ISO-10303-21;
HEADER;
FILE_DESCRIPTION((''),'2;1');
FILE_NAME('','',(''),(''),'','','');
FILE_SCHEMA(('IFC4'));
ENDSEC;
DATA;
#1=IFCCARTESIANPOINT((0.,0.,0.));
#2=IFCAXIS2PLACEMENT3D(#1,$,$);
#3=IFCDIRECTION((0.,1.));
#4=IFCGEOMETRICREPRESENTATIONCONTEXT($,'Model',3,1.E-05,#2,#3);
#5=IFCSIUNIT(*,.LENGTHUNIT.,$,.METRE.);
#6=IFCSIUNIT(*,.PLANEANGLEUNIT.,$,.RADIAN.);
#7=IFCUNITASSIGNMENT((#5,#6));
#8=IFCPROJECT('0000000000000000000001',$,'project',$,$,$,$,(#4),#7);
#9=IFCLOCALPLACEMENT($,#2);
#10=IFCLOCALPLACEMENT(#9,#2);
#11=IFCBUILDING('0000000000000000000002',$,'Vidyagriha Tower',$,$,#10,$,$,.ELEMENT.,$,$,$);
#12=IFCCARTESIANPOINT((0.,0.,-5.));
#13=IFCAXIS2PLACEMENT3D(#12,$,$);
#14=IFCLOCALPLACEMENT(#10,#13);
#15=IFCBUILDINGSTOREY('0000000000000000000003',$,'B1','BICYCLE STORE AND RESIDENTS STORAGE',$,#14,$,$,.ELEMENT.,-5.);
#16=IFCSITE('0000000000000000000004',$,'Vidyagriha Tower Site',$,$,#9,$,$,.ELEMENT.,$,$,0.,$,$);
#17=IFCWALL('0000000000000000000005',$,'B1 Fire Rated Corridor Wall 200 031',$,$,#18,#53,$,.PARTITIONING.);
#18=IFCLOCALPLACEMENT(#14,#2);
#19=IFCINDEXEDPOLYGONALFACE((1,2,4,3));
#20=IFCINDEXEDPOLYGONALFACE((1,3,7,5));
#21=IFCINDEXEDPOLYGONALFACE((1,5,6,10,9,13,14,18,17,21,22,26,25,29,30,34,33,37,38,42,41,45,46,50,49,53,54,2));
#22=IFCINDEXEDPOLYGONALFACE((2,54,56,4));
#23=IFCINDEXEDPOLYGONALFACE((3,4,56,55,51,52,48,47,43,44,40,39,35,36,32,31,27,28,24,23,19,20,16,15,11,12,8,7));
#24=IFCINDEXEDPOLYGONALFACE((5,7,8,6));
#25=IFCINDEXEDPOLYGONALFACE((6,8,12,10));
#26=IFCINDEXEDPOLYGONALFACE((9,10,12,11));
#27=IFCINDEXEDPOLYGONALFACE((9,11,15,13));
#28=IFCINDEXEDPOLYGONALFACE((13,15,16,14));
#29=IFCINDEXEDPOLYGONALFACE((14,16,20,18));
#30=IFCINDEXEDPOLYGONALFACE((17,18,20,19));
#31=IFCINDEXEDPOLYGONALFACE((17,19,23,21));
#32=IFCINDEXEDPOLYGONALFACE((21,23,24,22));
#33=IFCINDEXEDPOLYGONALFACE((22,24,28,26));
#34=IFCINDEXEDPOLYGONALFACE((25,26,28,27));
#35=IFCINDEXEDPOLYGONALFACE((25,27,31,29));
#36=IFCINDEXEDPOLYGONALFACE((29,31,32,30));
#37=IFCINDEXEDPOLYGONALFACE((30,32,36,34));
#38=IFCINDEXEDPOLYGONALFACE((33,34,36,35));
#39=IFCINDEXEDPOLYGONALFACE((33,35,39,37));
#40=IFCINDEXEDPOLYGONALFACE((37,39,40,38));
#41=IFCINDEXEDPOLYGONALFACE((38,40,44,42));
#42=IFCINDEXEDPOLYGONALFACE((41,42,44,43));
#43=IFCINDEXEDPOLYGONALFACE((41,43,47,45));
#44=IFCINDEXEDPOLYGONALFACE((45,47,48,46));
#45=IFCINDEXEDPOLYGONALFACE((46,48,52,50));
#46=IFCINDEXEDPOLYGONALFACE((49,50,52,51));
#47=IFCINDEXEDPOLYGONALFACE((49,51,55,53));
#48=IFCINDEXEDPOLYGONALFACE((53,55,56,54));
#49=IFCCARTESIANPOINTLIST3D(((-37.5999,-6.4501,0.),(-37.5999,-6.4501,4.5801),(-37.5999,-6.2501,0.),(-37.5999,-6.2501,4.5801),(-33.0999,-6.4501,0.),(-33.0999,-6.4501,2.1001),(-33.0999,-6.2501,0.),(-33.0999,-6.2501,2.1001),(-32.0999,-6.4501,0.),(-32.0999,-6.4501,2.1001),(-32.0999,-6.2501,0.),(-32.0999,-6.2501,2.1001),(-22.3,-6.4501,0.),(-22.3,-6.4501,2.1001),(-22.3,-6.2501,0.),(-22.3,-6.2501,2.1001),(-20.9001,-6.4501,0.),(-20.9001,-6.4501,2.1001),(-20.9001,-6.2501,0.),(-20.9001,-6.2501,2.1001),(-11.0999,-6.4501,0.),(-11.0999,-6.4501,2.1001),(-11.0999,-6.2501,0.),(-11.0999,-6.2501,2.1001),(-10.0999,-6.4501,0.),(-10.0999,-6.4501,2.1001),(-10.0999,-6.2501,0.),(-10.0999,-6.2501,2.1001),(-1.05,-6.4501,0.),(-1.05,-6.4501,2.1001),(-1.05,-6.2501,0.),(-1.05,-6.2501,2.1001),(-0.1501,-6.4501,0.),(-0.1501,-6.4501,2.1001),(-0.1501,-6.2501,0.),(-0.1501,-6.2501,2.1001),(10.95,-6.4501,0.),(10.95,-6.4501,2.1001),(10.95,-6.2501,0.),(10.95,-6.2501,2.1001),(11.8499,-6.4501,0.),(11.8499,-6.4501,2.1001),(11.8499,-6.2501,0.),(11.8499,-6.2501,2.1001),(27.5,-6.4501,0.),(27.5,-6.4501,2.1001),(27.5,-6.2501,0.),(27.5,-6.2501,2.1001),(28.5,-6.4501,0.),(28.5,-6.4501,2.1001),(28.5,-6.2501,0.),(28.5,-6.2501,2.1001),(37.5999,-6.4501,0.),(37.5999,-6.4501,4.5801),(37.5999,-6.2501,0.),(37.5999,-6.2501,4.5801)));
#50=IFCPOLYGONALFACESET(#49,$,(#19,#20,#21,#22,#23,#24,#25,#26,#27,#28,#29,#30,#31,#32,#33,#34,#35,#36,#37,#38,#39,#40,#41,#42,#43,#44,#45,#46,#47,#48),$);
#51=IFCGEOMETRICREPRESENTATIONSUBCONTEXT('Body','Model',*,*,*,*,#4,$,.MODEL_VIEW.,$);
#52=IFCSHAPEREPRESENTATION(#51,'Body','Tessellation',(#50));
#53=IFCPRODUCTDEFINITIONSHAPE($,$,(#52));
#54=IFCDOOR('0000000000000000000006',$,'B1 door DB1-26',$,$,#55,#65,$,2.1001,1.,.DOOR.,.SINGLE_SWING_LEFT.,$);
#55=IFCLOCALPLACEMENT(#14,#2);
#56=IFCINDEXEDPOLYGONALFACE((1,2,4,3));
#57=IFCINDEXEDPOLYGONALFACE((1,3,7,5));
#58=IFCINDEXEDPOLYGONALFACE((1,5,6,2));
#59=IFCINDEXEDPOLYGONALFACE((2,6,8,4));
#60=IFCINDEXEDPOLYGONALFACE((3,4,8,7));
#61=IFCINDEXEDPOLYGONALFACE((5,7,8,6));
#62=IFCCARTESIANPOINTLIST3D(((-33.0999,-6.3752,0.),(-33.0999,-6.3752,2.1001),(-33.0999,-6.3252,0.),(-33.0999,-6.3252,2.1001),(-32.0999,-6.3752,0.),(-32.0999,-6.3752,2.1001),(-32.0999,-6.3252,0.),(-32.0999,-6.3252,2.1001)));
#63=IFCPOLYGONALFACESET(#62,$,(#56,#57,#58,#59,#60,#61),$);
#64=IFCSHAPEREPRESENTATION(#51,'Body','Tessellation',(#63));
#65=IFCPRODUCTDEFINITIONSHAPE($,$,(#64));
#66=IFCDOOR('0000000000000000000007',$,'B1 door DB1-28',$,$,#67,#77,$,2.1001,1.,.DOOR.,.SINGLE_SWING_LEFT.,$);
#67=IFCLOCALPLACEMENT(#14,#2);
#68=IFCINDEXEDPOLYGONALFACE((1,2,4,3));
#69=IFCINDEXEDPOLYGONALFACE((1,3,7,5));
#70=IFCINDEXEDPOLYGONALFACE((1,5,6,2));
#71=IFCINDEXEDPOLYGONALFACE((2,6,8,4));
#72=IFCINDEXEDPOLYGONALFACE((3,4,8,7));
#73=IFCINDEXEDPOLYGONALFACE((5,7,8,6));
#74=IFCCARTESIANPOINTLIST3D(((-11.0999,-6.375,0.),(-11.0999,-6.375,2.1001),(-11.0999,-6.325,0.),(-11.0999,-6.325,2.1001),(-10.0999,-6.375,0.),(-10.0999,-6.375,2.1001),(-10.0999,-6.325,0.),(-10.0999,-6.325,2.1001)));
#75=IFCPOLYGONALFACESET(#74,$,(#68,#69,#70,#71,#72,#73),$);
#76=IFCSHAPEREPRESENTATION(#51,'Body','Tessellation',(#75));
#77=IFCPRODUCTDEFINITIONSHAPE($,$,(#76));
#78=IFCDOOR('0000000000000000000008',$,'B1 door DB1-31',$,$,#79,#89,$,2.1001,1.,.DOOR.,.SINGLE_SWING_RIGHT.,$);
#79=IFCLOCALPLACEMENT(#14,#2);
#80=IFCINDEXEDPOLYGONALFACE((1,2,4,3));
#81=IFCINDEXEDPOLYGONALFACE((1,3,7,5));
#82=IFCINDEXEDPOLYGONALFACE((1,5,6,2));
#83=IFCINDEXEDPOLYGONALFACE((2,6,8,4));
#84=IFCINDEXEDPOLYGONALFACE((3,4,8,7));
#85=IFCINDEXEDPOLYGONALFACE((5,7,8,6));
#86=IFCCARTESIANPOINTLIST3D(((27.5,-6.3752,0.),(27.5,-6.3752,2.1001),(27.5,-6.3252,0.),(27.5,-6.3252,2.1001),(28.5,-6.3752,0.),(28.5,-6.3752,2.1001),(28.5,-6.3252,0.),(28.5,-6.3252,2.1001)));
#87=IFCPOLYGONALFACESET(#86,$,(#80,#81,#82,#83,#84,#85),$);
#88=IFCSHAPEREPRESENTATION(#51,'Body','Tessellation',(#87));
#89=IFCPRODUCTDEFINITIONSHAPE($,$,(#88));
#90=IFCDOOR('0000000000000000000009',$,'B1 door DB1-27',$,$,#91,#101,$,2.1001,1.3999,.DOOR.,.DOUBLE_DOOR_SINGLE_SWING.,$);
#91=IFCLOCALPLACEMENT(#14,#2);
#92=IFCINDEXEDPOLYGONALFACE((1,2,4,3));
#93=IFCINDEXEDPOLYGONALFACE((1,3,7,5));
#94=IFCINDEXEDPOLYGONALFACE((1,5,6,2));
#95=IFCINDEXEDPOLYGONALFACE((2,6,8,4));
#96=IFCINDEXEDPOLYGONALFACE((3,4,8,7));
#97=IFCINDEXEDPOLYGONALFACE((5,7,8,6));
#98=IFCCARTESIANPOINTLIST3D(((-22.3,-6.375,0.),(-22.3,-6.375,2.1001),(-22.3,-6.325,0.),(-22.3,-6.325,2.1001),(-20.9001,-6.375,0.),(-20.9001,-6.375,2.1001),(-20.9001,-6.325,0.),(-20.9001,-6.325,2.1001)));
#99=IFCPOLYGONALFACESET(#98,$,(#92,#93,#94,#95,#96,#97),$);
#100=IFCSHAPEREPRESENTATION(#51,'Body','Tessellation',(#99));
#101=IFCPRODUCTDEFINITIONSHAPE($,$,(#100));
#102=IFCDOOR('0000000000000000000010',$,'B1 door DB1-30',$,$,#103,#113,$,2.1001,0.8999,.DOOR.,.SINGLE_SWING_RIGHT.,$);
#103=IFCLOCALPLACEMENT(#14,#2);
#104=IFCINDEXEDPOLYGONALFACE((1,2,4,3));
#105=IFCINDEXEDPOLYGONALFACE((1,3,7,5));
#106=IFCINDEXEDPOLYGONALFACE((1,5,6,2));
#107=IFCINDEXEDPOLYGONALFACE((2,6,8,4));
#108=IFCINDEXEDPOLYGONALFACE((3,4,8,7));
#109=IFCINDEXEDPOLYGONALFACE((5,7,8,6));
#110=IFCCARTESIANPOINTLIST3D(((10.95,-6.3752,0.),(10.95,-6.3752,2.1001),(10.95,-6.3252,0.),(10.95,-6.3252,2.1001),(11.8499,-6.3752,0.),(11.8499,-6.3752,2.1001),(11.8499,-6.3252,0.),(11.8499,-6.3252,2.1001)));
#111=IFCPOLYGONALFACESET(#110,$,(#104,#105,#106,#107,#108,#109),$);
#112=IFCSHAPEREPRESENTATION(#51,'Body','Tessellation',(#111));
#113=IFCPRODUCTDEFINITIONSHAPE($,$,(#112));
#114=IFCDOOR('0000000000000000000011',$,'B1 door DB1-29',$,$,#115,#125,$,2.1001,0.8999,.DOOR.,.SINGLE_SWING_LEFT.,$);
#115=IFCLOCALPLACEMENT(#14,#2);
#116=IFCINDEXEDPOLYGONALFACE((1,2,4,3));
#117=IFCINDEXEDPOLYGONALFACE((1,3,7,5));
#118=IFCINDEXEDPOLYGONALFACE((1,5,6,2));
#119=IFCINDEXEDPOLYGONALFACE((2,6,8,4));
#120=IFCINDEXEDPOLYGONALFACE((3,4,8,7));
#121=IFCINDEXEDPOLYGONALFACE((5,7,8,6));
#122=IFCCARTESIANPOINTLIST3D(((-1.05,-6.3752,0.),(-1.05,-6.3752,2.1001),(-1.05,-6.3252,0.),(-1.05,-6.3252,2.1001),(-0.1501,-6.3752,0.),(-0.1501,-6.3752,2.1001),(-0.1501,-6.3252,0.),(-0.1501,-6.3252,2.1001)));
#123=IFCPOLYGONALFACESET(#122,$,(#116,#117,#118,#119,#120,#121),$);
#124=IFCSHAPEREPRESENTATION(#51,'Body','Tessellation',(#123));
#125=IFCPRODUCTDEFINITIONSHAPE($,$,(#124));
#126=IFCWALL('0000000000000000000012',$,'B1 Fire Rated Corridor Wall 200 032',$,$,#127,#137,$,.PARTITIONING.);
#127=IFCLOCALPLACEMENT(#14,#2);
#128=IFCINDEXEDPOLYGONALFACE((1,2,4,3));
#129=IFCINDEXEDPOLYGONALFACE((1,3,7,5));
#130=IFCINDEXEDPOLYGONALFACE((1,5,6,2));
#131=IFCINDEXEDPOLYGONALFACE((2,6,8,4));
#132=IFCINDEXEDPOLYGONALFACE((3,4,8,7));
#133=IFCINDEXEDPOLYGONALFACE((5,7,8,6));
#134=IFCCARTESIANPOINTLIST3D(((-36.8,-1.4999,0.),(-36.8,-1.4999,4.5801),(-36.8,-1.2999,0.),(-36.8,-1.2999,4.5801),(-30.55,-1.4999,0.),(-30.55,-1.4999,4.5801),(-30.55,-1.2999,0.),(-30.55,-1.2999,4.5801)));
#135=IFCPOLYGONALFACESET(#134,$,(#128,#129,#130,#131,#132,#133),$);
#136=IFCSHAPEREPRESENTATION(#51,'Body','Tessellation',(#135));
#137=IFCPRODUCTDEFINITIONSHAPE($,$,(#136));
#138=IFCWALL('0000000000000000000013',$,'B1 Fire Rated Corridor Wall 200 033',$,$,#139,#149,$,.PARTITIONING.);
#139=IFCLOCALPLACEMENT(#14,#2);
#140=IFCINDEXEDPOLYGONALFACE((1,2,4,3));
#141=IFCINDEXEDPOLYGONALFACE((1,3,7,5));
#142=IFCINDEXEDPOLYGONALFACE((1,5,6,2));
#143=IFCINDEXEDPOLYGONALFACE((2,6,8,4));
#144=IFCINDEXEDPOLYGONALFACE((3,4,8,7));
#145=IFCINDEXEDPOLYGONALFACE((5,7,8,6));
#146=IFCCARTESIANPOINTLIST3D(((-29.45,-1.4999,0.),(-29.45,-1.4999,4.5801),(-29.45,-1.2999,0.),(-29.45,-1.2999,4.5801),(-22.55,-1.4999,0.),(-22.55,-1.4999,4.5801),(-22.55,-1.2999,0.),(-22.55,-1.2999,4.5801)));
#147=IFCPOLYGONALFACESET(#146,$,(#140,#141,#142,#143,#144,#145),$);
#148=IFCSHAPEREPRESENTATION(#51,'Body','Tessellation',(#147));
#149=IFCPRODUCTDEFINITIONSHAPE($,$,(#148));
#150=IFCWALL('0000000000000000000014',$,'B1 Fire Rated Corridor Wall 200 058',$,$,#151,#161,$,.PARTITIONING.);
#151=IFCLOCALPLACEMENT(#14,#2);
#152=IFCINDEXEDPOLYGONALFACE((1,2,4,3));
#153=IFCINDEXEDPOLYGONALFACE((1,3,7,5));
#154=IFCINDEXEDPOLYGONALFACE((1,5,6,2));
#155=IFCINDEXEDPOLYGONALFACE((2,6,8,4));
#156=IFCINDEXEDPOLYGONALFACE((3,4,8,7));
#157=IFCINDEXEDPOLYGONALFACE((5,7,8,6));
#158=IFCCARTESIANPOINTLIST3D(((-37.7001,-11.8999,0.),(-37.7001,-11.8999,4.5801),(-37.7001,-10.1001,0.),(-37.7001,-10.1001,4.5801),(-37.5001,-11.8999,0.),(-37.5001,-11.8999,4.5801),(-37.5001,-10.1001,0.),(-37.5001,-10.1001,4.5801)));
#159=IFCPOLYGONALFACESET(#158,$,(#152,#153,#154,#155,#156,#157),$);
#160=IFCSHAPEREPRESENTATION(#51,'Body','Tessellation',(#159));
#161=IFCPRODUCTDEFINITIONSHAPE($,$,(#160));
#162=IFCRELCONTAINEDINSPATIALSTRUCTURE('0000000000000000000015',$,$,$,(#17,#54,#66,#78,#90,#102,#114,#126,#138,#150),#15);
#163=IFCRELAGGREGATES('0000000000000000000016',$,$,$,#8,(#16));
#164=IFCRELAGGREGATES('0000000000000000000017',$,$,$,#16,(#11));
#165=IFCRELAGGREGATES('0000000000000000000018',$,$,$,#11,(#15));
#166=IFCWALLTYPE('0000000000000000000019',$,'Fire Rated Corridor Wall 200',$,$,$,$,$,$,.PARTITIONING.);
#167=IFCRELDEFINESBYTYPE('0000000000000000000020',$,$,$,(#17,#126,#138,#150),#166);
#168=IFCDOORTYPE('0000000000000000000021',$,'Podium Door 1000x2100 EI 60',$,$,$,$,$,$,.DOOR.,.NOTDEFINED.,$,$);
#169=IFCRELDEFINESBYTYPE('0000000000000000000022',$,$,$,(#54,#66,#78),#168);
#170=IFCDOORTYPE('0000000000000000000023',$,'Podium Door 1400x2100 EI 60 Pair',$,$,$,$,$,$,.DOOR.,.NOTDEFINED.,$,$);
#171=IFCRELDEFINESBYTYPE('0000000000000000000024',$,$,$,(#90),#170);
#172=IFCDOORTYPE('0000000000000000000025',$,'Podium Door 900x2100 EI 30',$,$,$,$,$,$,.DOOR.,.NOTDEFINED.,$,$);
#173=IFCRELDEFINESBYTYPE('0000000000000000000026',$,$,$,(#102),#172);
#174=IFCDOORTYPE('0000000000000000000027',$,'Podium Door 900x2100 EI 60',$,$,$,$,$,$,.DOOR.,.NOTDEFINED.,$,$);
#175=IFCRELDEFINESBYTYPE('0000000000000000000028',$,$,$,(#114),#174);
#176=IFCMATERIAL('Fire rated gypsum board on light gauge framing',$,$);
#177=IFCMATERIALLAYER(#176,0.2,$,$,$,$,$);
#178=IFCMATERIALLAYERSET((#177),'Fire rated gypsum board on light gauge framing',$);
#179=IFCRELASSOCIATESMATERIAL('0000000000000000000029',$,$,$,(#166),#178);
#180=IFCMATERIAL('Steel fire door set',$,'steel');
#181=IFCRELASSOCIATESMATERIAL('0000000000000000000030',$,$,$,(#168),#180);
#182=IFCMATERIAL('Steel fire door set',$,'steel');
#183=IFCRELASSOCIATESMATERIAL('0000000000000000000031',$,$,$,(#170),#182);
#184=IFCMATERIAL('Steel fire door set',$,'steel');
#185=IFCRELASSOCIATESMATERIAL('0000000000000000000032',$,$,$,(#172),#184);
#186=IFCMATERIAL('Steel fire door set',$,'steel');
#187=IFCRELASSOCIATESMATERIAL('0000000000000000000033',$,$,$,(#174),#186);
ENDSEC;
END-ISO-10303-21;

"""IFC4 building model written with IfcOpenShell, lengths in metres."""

from ifc_helpers import new_model, si_unit, direction, frame, frame_2d, origin, place, context, subcontext, project, spatial, rectangle, extrude, material, layer, layer_set, type_object, element, fill, save


model = new_model("IFC4")

# Units and contexts
model_context = context("Model", 3, precision=1e-05, world=origin(), true_north=direction((0.0, 1.0)))
body_context = subcontext(model_context, "Body", "Model", "MODEL_VIEW")
ifc_project = project(units=[si_unit("LENGTHUNIT", "METRE"), si_unit("PLANEANGLEUNIT", "RADIAN")], contexts=[model_context])

# Site, building, storey
site_placement = place(None, origin())
site = spatial("IfcSite", under=ifc_project, at=site_placement, Name="Vidyagriha Tower Site", CompositionType="ELEMENT", RefElevation=0.0)
building_placement = place(site_placement, origin())
building = spatial("IfcBuilding", under=site, at=building_placement, Name="Vidyagriha Tower", CompositionType="ELEMENT")
storey_placement = place(building_placement, frame((0.0, 0.0, -5.0)))
storey = spatial("IfcBuildingStorey", under=building, at=storey_placement, Name="B1", Description="BICYCLE STORE AND RESIDENTS STORAGE", CompositionType="ELEMENT", Elevation=-5.0)

# Shared definitions
ifc_material_1 = material(Name="Fire rated gypsum board on light gauge framing")
ifc_layer = layer(ifc_material_1, 0.2)
ifc_layer_set = layer_set([ifc_layer], Name="Fire rated gypsum board on light gauge framing")
wall_type = type_object("IfcWallType", Name="Fire Rated Corridor Wall 200", PredefinedType="PARTITIONING", material=ifc_layer_set)

# Wall, openings, doors
wall_1_placement = place(storey_placement, frame((-37.5999, -6.3501, 0.0)))
wall_1 = element("IfcWall", 1, at=wall_1_placement, inside=storey, type_object=wall_type, Name="B1 Fire Rated Corridor Wall 200 031", PredefinedType="PARTITIONING", context=body_context, shape_type="SweptSolid", body=[
    extrude(rectangle(XDim=75.1997, YDim=0.2, at=frame_2d((37.5999, 0.0))), origin(), (0.0, 0.0, 1.0), 4.5801),
])
opening_1_placement = place(wall_1_placement, frame((4.5, 0.0, 0.0)))
opening_1 = element("IfcOpeningElement", 2, at=opening_1_placement, cuts=wall_1, PredefinedType="OPENING", context=body_context, shape_type="SweptSolid", body=[
    extrude(rectangle(XDim=1.0, YDim=2.1001, at=frame_2d((0.5, 1.05))), frame((0.0, 0.1099, 0.0), z_axis=(0.0, -1.0, 0.0), x_axis=(1.0, 0.0, 0.0)), (0.0, 0.0, 1.0), 0.22),
])
opening_2_placement = place(wall_1_placement, frame((15.2998, 0.0, 0.0)))
opening_2 = element("IfcOpeningElement", 3, at=opening_2_placement, cuts=wall_1, PredefinedType="OPENING", context=body_context, shape_type="SweptSolid", body=[
    extrude(rectangle(XDim=1.3999, YDim=2.1001, at=frame_2d((0.7, 1.05))), frame((0.0, 0.1099, 0.0), z_axis=(0.0, -1.0, 0.0), x_axis=(1.0, 0.0, 0.0)), (0.0, 0.0, 1.0), 0.22),
])
opening_3_placement = place(wall_1_placement, frame((26.5, 0.0, 0.0)))
opening_3 = element("IfcOpeningElement", 4, at=opening_3_placement, cuts=wall_1, PredefinedType="OPENING", context=body_context, shape_type="SweptSolid", body=[
    extrude(rectangle(XDim=1.0, YDim=2.1001, at=frame_2d((0.5, 1.05))), frame((0.0, 0.1099, 0.0), z_axis=(0.0, -1.0, 0.0), x_axis=(1.0, 0.0, 0.0)), (0.0, 0.0, 1.0), 0.22),
])
opening_4_placement = place(wall_1_placement, frame((36.5498, 0.0, 0.0)))
opening_4 = element("IfcOpeningElement", 5, at=opening_4_placement, cuts=wall_1, PredefinedType="OPENING", context=body_context, shape_type="SweptSolid", body=[
    extrude(rectangle(XDim=0.8999, YDim=2.1001, at=frame_2d((0.45, 1.05))), frame((0.0, 0.1099, 0.0), z_axis=(0.0, -1.0, 0.0), x_axis=(1.0, 0.0, 0.0)), (0.0, 0.0, 1.0), 0.22),
])
opening_5_placement = place(wall_1_placement, frame((48.5498, 0.0, 0.0)))
opening_5 = element("IfcOpeningElement", 6, at=opening_5_placement, cuts=wall_1, PredefinedType="OPENING", context=body_context, shape_type="SweptSolid", body=[
    extrude(rectangle(XDim=0.8999, YDim=2.1001, at=frame_2d((0.45, 1.05))), frame((0.0, 0.1099, 0.0), z_axis=(0.0, -1.0, 0.0), x_axis=(1.0, 0.0, 0.0)), (0.0, 0.0, 1.0), 0.22),
])
opening_6_placement = place(wall_1_placement, frame((65.0999, 0.0, 0.0)))
opening_6 = element("IfcOpeningElement", 7, at=opening_6_placement, cuts=wall_1, PredefinedType="OPENING", context=body_context, shape_type="SweptSolid", body=[
    extrude(rectangle(XDim=1.0, YDim=2.1001, at=frame_2d((0.5, 1.05))), frame((0.0, 0.1099, 0.0), z_axis=(0.0, -1.0, 0.0), x_axis=(1.0, 0.0, 0.0)), (0.0, 0.0, 1.0), 0.22),
])
ifc_material_2 = material(Name="Steel fire door set", Category="steel")
door_type_1 = type_object("IfcDoorType", Name="Podium Door 1000x2100 EI 60", OperationType="NOTDEFINED", PredefinedType="DOOR", material=ifc_material_2)
door_1_placement = place(opening_1_placement, origin())
door_1 = element("IfcDoor", 8, at=door_1_placement, inside=storey, type_object=door_type_1, Name="B1 door DB1-26", OperationType="SINGLE_SWING_LEFT", OverallHeight=2.1001, OverallWidth=1.0, PredefinedType="DOOR", context=body_context, shape_type="SweptSolid", body=[
    extrude(rectangle(XDim=1.0, YDim=2.1001, at=frame_2d((0.5, 1.05))), frame((0.0, 0.0249, 0.0), z_axis=(0.0, -1.0, 0.0), x_axis=(1.0, 0.0, 0.0)), (0.0, 0.0, 1.0), 0.05),
])
fill(opening_1, door_1)
door_2_placement = place(opening_3_placement, frame((1.0, 0.0, 0.0), z_axis=(0.0, 0.0, 1.0), x_axis=(-1.0, 0.0, 0.0)))
door_2 = element("IfcDoor", 9, at=door_2_placement, inside=storey, type_object=door_type_1, Name="B1 door DB1-28", OperationType="SINGLE_SWING_LEFT", OverallHeight=2.1001, OverallWidth=1.0, PredefinedType="DOOR", context=body_context, shape_type="SweptSolid", body=[
    extrude(rectangle(XDim=1.0, YDim=2.1001, at=frame_2d((0.5, 1.05))), frame((0.0, 0.0249, 0.0), z_axis=(0.0, -1.0, 0.0), x_axis=(1.0, 0.0, 0.0)), (0.0, 0.0, 1.0), 0.05),
])
fill(opening_3, door_2)
door_3_placement = place(opening_6_placement, origin())
door_3 = element("IfcDoor", 10, at=door_3_placement, inside=storey, type_object=door_type_1, Name="B1 door DB1-31", OperationType="SINGLE_SWING_RIGHT", OverallHeight=2.1001, OverallWidth=1.0, PredefinedType="DOOR", context=body_context, shape_type="SweptSolid", body=[
    extrude(rectangle(XDim=1.0, YDim=2.1001, at=frame_2d((0.5, 1.05))), frame((0.0, 0.0249, 0.0), z_axis=(0.0, -1.0, 0.0), x_axis=(1.0, 0.0, 0.0)), (0.0, 0.0, 1.0), 0.05),
])
fill(opening_6, door_3)
ifc_material_3 = material(Name="Steel fire door set", Category="steel")
door_type_2 = type_object("IfcDoorType", Name="Podium Door 1400x2100 EI 60 Pair", OperationType="NOTDEFINED", PredefinedType="DOOR", material=ifc_material_3)
door_4_placement = place(opening_2_placement, frame((1.3999, 0.0, 0.0), z_axis=(0.0, 0.0, 1.0), x_axis=(-1.0, 0.0, 0.0)))
door_4 = element("IfcDoor", 11, at=door_4_placement, inside=storey, type_object=door_type_2, Name="B1 door DB1-27", OperationType="DOUBLE_DOOR_SINGLE_SWING", OverallHeight=2.1001, OverallWidth=1.3999, PredefinedType="DOOR", context=body_context, shape_type="SweptSolid", body=[
    extrude(rectangle(XDim=1.3999, YDim=2.1001, at=frame_2d((0.7, 1.05))), frame((0.0, 0.0249, 0.0), z_axis=(0.0, -1.0, 0.0), x_axis=(1.0, 0.0, 0.0)), (0.0, 0.0, 1.0), 0.05),
])
fill(opening_2, door_4)
ifc_material_4 = material(Name="Steel fire door set", Category="steel")
door_type_3 = type_object("IfcDoorType", Name="Podium Door 900x2100 EI 30", OperationType="NOTDEFINED", PredefinedType="DOOR", material=ifc_material_4)
door_5_placement = place(opening_5_placement, origin())
door_5 = element("IfcDoor", 12, at=door_5_placement, inside=storey, type_object=door_type_3, Name="B1 door DB1-30", OperationType="SINGLE_SWING_RIGHT", OverallHeight=2.1001, OverallWidth=0.8999, PredefinedType="DOOR", context=body_context, shape_type="SweptSolid", body=[
    extrude(rectangle(XDim=0.8999, YDim=2.1001, at=frame_2d((0.45, 1.05))), frame((0.0, 0.0249, 0.0), z_axis=(0.0, -1.0, 0.0), x_axis=(1.0, 0.0, 0.0)), (0.0, 0.0, 1.0), 0.05),
])
fill(opening_5, door_5)
ifc_material_5 = material(Name="Steel fire door set", Category="steel")
door_type_4 = type_object("IfcDoorType", Name="Podium Door 900x2100 EI 60", OperationType="NOTDEFINED", PredefinedType="DOOR", material=ifc_material_5)
door_6_placement = place(opening_4_placement, origin())
door_6 = element("IfcDoor", 13, at=door_6_placement, inside=storey, type_object=door_type_4, Name="B1 door DB1-29", OperationType="SINGLE_SWING_LEFT", OverallHeight=2.1001, OverallWidth=0.8999, PredefinedType="DOOR", context=body_context, shape_type="SweptSolid", body=[
    extrude(rectangle(XDim=0.8999, YDim=2.1001, at=frame_2d((0.45, 1.05))), frame((0.0, 0.0249, 0.0), z_axis=(0.0, -1.0, 0.0), x_axis=(1.0, 0.0, 0.0)), (0.0, 0.0, 1.0), 0.05),
])
fill(opening_4, door_6)

# Walls
wall_2_placement = place(storey_placement, frame((-36.8, -1.3999, 0.0)))
element("IfcWall", 14, at=wall_2_placement, inside=storey, type_object=wall_type, Name="B1 Fire Rated Corridor Wall 200 032", PredefinedType="PARTITIONING", context=body_context, shape_type="SweptSolid", body=[
    extrude(rectangle(XDim=6.25, YDim=0.2, at=frame_2d((3.125, 0.0))), origin(), (0.0, 0.0, 1.0), 4.5801),
])
wall_3_placement = place(storey_placement, frame((-29.45, -1.3999, 0.0)))
element("IfcWall", 15, at=wall_3_placement, inside=storey, type_object=wall_type, Name="B1 Fire Rated Corridor Wall 200 033", PredefinedType="PARTITIONING", context=body_context, shape_type="SweptSolid", body=[
    extrude(rectangle(XDim=6.8999, YDim=0.2, at=frame_2d((3.45, 0.0))), origin(), (0.0, 0.0, 1.0), 4.5801),
])
wall_4_placement = place(storey_placement, frame((-37.6001, -11.8999, 0.0), z_axis=(0.0, 0.0, 1.0), x_axis=(0.0, 1.0, 0.0)))
element("IfcWall", 16, at=wall_4_placement, inside=storey, type_object=wall_type, Name="B1 Fire Rated Corridor Wall 200 058", PredefinedType="PARTITIONING", context=body_context, shape_type="SweptSolid", body=[
    extrude(rectangle(XDim=1.7998, YDim=0.2, at=frame_2d((0.8999, 0.0))), origin(), (0.0, 0.0, 1.0), 4.5801),
])

save(model, "model.ifc")
